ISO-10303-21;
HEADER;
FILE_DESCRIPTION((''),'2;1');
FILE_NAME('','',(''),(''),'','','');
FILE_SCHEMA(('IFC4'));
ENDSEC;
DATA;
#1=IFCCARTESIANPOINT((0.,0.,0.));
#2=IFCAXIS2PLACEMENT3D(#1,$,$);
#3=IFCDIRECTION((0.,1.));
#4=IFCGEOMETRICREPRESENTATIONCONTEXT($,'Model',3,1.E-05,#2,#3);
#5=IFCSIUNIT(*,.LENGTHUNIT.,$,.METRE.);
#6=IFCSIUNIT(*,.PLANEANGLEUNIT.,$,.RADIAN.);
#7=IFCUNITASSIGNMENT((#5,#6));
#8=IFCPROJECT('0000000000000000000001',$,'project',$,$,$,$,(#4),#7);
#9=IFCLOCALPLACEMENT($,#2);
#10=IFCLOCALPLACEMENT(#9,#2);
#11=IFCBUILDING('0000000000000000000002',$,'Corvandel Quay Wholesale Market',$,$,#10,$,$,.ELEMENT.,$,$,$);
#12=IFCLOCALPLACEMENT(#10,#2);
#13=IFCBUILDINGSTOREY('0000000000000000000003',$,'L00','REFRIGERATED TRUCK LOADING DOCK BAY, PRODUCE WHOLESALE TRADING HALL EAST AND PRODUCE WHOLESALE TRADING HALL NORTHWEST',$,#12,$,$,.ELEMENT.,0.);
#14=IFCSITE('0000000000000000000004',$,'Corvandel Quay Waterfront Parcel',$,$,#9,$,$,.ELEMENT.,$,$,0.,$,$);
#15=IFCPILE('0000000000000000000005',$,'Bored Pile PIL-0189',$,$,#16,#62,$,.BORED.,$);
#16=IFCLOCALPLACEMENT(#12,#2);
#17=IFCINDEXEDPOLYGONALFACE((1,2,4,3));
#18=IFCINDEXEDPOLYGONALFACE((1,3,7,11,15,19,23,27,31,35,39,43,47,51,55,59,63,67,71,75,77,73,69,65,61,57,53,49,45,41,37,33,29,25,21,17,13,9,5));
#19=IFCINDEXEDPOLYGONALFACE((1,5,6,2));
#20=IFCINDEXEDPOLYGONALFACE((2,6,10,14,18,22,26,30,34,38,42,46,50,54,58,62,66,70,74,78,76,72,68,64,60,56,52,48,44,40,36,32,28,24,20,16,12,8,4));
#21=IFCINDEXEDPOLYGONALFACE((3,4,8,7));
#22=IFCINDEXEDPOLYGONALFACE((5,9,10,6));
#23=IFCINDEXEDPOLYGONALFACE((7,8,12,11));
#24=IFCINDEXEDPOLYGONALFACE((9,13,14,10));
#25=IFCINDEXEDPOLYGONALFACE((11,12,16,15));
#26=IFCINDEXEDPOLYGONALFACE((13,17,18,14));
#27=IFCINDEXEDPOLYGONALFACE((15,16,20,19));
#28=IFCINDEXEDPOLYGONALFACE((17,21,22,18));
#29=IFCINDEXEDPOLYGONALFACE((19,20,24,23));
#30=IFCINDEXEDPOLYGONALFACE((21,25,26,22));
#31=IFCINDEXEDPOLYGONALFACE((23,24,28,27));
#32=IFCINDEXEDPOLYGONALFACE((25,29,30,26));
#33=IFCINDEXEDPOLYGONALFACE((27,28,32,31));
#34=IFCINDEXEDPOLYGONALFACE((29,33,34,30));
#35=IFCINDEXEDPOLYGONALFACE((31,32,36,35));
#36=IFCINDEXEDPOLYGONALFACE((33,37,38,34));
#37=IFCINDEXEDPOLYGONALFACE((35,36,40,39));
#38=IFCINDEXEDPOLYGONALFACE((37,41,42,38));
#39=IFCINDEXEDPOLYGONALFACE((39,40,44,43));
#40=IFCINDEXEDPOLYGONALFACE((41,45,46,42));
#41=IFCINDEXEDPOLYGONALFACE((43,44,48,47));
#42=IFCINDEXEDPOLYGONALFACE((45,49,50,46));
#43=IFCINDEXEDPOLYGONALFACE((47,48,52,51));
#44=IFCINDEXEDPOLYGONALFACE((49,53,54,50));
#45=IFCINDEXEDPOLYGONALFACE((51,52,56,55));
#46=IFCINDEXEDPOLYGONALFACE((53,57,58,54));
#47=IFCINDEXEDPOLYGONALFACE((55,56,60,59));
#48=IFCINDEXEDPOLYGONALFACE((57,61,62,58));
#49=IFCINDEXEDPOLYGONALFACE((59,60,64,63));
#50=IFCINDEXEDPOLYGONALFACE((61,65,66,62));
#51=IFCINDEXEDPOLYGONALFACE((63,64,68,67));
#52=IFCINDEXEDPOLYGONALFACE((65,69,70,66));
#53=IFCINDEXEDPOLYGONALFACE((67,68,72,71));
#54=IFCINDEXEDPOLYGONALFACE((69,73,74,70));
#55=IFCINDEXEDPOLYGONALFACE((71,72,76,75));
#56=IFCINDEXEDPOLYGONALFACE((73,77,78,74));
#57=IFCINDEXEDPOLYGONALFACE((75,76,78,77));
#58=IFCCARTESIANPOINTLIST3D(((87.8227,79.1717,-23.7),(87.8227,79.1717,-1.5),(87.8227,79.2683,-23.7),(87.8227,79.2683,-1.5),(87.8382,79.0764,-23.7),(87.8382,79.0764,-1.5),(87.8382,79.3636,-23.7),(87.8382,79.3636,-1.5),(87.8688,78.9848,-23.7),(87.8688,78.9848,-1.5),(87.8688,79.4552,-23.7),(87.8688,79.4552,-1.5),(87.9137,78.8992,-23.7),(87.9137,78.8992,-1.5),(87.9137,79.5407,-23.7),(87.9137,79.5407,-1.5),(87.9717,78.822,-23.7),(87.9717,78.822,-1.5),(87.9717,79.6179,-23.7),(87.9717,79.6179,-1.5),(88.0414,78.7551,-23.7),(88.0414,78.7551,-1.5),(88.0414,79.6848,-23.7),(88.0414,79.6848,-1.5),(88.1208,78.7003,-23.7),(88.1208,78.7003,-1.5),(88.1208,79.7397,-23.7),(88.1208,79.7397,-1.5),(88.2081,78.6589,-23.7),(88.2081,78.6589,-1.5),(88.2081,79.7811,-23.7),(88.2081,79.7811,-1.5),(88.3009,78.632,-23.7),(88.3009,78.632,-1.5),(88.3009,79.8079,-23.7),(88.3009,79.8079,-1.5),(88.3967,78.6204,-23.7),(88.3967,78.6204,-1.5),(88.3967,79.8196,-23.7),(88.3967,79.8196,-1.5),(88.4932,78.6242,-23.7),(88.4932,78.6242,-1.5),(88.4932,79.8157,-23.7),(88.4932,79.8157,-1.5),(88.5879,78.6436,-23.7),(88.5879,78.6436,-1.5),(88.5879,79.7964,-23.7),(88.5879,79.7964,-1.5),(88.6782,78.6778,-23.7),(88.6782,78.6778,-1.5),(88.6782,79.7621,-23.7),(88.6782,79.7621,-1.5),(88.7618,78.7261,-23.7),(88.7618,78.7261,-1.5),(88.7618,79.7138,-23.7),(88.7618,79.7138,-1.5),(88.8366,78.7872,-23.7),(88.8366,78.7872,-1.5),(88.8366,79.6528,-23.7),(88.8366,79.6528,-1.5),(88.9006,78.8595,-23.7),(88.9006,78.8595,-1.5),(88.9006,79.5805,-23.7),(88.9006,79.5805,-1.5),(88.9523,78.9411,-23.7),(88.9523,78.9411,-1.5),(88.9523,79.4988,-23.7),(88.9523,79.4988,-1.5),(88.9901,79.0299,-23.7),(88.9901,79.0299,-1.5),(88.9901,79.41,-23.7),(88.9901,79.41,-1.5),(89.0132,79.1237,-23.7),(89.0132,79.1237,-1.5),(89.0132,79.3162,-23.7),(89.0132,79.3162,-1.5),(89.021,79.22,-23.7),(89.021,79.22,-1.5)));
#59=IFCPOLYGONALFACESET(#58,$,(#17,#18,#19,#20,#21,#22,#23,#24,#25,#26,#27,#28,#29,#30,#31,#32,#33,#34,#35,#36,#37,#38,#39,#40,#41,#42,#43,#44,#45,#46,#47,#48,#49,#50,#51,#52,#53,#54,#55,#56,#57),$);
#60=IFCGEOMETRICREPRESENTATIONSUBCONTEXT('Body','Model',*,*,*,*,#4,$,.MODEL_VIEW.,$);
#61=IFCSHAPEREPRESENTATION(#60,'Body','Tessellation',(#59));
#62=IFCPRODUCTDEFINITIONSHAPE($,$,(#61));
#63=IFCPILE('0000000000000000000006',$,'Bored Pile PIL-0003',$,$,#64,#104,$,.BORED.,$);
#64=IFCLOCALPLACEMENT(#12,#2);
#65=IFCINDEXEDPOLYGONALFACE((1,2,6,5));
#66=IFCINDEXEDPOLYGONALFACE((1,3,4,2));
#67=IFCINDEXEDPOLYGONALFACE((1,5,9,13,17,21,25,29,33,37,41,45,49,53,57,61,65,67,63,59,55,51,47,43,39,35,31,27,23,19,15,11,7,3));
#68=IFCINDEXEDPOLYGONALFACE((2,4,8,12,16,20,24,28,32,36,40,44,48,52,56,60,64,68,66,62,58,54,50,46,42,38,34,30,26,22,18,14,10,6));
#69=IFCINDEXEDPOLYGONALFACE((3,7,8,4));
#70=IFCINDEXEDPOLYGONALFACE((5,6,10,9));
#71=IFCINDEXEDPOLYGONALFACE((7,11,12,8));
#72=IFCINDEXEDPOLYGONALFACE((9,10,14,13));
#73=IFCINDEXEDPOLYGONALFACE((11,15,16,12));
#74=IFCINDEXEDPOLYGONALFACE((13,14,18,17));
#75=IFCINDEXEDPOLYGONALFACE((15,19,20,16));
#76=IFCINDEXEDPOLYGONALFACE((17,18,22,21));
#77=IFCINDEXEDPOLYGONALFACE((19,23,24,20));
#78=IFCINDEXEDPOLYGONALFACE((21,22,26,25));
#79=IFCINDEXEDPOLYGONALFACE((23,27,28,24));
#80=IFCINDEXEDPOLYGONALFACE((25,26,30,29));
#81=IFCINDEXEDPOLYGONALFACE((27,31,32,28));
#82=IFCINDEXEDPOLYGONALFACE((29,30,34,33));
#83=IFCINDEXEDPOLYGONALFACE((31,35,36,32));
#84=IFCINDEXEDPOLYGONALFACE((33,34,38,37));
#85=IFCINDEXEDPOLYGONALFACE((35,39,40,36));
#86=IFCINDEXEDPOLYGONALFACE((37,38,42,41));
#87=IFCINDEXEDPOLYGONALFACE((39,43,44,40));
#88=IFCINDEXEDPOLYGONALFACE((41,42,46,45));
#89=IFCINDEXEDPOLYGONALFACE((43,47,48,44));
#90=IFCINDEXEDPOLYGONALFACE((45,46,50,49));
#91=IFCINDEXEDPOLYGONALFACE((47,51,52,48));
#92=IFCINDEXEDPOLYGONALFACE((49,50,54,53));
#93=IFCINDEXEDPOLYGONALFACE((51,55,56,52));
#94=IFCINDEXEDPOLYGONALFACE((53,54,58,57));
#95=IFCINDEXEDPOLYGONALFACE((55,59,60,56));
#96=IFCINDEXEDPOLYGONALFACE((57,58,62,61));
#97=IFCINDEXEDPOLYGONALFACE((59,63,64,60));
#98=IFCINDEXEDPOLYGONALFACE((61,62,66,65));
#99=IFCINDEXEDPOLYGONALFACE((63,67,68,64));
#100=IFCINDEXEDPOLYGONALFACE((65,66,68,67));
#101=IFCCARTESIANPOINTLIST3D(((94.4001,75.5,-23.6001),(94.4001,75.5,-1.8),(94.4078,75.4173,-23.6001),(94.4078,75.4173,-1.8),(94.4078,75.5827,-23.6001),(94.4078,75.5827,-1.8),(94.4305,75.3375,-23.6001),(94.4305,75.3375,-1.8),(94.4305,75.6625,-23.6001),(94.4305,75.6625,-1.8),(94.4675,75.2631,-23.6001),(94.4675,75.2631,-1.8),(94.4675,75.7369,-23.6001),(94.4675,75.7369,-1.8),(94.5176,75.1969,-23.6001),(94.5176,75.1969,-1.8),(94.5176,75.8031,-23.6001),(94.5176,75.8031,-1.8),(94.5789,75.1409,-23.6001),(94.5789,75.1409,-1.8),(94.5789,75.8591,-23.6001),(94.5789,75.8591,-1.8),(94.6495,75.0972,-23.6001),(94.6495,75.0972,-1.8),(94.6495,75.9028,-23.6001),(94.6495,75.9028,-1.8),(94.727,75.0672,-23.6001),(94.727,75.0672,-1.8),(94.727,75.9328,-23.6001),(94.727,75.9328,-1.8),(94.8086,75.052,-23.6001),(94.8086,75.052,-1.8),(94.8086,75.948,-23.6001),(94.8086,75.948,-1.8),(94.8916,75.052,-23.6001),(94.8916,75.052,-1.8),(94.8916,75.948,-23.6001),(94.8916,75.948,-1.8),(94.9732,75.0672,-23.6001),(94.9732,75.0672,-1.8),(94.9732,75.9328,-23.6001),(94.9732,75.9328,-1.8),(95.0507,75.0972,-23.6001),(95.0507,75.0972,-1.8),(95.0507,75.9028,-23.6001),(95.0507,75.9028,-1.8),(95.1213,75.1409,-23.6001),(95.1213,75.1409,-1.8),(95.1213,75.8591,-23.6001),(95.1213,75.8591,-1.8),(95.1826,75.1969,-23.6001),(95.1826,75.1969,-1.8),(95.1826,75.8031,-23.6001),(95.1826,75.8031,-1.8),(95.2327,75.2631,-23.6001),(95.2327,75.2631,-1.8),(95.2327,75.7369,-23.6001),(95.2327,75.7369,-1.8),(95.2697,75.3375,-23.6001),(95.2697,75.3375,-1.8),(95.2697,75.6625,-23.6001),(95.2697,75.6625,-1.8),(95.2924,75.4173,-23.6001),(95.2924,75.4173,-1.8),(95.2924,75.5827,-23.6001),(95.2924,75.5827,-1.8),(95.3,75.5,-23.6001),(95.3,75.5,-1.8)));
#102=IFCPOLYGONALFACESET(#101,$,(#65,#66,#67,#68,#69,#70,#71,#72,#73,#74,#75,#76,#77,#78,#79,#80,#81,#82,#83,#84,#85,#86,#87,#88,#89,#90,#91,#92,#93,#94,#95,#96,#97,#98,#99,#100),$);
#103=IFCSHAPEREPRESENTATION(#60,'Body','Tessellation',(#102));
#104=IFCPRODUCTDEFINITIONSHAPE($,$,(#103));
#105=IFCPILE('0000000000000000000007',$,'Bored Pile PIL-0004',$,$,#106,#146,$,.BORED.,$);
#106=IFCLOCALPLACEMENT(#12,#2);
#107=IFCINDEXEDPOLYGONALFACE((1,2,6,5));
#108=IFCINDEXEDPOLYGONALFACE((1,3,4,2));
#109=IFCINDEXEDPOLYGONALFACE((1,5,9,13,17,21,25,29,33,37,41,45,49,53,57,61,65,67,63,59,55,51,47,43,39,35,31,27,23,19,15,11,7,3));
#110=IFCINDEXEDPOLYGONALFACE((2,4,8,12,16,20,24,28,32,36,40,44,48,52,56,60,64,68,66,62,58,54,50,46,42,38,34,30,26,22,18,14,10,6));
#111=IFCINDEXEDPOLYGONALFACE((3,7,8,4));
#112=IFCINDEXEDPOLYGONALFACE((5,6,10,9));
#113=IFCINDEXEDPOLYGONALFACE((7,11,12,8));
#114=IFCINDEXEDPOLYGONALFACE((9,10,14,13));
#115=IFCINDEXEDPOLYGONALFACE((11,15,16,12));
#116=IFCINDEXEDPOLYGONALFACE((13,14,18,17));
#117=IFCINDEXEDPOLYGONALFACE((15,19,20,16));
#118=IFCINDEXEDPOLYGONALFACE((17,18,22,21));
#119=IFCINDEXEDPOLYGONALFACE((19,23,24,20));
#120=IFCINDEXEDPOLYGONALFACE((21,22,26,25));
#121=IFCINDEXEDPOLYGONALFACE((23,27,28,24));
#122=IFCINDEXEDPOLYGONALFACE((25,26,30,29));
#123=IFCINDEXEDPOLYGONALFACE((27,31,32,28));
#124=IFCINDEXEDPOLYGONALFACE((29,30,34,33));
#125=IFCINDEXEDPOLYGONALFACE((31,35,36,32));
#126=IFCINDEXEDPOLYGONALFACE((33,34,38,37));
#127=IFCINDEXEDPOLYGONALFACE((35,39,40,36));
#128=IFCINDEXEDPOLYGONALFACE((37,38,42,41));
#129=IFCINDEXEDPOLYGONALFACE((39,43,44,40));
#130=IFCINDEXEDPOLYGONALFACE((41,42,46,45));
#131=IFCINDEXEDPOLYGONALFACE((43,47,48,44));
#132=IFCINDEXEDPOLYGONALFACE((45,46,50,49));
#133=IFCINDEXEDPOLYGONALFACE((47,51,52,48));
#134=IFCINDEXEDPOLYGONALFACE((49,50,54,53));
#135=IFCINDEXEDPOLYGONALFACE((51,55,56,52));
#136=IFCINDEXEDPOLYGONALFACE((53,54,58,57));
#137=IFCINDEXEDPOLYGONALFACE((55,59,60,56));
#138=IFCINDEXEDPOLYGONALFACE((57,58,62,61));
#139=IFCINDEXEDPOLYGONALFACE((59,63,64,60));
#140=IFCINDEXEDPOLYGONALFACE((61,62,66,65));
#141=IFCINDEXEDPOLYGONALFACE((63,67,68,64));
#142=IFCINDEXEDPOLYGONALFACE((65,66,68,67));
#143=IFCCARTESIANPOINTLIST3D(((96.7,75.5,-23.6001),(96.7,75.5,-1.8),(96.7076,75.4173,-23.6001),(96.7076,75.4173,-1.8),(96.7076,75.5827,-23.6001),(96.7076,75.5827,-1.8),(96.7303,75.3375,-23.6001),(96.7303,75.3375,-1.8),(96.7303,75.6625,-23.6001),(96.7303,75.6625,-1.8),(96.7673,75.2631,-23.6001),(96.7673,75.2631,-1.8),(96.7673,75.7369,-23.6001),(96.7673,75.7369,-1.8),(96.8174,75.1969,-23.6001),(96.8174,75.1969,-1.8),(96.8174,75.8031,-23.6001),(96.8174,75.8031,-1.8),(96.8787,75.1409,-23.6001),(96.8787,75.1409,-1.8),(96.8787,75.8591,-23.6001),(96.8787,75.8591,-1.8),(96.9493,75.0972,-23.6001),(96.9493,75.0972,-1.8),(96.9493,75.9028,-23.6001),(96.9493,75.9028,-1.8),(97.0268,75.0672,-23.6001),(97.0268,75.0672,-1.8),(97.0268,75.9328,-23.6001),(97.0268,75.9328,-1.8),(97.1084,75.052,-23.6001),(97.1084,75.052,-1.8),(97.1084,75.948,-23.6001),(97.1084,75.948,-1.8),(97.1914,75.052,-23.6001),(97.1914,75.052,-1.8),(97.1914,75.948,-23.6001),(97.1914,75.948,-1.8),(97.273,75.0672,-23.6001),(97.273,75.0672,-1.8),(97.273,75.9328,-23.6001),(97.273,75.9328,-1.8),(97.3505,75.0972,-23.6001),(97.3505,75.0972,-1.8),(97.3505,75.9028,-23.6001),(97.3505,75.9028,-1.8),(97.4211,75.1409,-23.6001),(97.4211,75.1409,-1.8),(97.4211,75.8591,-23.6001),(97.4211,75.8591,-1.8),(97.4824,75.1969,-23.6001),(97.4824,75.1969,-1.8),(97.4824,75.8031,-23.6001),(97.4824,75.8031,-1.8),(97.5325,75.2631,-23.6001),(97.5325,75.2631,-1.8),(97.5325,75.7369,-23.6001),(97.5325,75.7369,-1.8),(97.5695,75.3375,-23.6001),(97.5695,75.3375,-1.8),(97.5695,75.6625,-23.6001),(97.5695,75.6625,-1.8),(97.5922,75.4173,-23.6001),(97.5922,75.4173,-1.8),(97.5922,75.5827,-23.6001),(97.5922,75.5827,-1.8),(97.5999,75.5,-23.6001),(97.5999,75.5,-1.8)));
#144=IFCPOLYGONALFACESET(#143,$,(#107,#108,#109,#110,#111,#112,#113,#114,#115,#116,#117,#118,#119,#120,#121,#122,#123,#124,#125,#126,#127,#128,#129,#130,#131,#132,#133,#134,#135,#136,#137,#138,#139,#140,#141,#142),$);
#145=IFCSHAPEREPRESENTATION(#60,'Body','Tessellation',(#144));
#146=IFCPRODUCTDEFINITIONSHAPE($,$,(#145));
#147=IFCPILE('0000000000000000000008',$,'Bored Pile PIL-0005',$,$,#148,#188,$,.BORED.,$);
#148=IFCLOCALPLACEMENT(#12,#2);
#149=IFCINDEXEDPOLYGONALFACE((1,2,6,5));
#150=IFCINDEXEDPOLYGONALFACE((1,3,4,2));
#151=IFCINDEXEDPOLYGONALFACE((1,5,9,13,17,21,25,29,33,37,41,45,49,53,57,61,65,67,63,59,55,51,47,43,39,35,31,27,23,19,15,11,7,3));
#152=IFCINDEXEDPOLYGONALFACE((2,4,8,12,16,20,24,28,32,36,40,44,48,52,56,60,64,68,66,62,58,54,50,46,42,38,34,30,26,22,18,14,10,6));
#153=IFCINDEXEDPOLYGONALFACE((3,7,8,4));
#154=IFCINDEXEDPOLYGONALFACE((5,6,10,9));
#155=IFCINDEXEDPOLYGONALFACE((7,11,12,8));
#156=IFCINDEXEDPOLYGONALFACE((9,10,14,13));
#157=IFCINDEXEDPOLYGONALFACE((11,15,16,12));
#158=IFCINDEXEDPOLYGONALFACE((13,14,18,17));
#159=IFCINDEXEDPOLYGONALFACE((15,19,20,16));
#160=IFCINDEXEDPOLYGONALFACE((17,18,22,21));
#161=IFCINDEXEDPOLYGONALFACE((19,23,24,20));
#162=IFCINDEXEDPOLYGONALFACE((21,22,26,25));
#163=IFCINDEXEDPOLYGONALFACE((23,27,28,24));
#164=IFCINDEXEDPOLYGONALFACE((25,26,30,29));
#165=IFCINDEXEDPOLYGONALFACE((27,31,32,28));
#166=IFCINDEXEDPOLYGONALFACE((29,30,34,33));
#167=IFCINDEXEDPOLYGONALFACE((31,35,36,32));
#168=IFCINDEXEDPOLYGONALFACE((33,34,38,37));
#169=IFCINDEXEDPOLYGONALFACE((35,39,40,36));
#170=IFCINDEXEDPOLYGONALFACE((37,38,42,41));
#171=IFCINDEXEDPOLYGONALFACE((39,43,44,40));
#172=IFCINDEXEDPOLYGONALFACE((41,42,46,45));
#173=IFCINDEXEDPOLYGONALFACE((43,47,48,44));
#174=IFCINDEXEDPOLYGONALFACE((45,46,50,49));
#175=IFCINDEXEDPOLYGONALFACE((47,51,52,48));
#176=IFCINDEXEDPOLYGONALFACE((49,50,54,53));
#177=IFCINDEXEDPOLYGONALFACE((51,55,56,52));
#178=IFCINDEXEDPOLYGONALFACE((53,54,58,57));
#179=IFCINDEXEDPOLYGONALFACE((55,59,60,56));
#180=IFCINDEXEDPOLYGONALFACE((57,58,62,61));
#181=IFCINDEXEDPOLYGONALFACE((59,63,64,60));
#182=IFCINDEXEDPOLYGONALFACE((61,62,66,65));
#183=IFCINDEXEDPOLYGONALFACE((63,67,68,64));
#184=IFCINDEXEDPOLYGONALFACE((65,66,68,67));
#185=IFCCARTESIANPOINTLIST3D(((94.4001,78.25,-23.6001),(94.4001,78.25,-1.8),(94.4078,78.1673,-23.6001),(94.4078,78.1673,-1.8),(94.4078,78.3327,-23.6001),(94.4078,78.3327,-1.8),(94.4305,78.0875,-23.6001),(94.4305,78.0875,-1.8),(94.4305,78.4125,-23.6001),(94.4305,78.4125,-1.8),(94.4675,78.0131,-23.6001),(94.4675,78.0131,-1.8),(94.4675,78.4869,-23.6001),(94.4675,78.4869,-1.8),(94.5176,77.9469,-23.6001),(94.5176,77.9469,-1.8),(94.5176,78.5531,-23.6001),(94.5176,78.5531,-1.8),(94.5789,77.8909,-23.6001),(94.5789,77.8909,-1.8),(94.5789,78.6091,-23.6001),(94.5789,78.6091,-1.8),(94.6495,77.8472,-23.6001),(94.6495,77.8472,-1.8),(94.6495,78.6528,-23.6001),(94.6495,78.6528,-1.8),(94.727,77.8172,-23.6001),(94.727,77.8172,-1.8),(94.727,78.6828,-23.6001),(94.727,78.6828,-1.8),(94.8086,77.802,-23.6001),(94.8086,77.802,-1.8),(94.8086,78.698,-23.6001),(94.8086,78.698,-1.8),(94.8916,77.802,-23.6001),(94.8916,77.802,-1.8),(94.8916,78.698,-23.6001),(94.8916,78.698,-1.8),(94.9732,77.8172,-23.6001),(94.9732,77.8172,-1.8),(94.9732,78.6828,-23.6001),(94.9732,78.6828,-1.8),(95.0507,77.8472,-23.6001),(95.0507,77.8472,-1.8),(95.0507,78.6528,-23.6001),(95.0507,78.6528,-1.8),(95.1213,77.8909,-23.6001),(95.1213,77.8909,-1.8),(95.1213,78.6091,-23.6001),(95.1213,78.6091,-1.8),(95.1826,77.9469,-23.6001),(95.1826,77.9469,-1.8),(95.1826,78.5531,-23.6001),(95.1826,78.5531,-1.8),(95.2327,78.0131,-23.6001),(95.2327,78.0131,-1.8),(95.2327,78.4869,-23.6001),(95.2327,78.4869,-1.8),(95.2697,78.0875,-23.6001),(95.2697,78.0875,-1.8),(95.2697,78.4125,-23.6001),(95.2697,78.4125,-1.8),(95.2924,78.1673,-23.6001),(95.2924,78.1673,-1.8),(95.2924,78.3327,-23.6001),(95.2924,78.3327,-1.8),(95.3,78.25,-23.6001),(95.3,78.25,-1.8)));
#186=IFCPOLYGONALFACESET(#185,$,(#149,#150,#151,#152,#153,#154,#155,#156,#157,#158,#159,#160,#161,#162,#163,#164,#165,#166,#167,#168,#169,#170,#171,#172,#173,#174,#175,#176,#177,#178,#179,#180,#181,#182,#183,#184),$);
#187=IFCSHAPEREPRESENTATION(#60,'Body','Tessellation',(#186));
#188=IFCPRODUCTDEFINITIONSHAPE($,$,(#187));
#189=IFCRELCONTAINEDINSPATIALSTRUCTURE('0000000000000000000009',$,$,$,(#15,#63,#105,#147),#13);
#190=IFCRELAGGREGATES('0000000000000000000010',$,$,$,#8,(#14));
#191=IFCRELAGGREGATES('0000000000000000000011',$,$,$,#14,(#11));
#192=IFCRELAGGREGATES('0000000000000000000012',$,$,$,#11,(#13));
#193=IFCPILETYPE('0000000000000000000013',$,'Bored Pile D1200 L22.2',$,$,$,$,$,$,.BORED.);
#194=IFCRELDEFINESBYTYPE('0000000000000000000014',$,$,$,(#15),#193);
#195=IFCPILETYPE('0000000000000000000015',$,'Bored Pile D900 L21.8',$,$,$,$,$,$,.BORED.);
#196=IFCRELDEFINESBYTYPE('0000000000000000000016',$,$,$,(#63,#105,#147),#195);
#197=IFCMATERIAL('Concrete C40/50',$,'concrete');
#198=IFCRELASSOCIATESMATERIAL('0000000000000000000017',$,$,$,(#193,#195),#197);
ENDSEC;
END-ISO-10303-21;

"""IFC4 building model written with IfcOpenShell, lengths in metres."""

from ifc_helpers import new_model, si_unit, direction, frame, origin, origin_2d, place, context, subcontext, project, spatial, circle, extrude, material, material_profile, profile_set, type_object, element, save


model = new_model("IFC4")

# Units and contexts
model_context = context("Model", 3, precision=1e-05, world=origin(), true_north=direction((0.0, 1.0)))
body_context = subcontext(model_context, "Body", "Model", "MODEL_VIEW")
ifc_project = project(units=[si_unit("LENGTHUNIT", "METRE"), si_unit("PLANEANGLEUNIT", "RADIAN")], contexts=[model_context])

# Site, building, storey
site_placement = place(None, origin())
site = spatial("IfcSite", under=ifc_project, at=site_placement, Name="Corvandel Quay Waterfront Parcel", CompositionType="ELEMENT", RefElevation=0.0)
building_placement = place(site_placement, origin())
building = spatial("IfcBuilding", under=site, at=building_placement, Name="Corvandel Quay Wholesale Market", CompositionType="ELEMENT")
storey_placement = place(building_placement, origin())
storey = spatial("IfcBuildingStorey", under=building, at=storey_placement, Name="L00", Description="REFRIGERATED TRUCK LOADING DOCK BAY, PRODUCE WHOLESALE TRADING HALL EAST AND PRODUCE WHOLESALE TRADING HALL NORTHWEST", CompositionType="ELEMENT", Elevation=0.0)

# Piles
ifc_material_1 = material(Name="Concrete C40/50", Category="concrete")
ifc_material_profile_1 = material_profile(ifc_material_1, circle(Radius=0.6001, at=origin_2d()), Name="RC-PILE-D1200")
ifc_profile_set_1 = profile_set([ifc_material_profile_1], Name="Concrete C40/50")
pile_type_1 = type_object("IfcPileType", Name="Bored Pile D1200 L22.2", PredefinedType="BORED", material=ifc_profile_set_1)
pile_placement = place(storey_placement, frame((88.4209, 79.22, -1.5), z_axis=(0.0, 0.0, -1.0), x_axis=(1.0, 0.0, 0.0)))
element("IfcPile", 1, at=pile_placement, inside=storey, type_object=pile_type_1, Name="Bored Pile PIL-0189", PredefinedType="BORED", context=body_context, shape_type="SweptSolid", body=[
    extrude(circle(Radius=0.6001, at=origin_2d()), origin(), (0.0, 0.0, 1.0), 22.2),
])
ifc_material_profile_2 = material_profile(ifc_material_1, circle(Radius=0.45, at=origin_2d()), Name="RC-PILE-D900")
ifc_profile_set_2 = profile_set([ifc_material_profile_2], Name="Concrete C40/50")
pile_type_2 = type_object("IfcPileType", Name="Bored Pile D900 L21.8", PredefinedType="BORED", material=ifc_profile_set_2)
for number, where, z_axis, x_axis, name in (
    (2, (94.8501, 75.5, -1.8), (0.0, 0.0, -1.0), (1.0, 0.0, 0.0), "Bored Pile PIL-0003"),
    (3, (97.1499, 75.5, -1.8), (0.0, 0.0, -1.0), (1.0, 0.0, 0.0), "Bored Pile PIL-0004"),
    (4, (94.8501, 78.25, -1.8), (0.0, 0.0, -1.0), (1.0, 0.0, 0.0), "Bored Pile PIL-0005"),
):
    element("IfcPile", number, at=place(storey_placement, frame(where, z_axis=z_axis, x_axis=x_axis)), inside=storey, type_object=pile_type_2, Name=name, PredefinedType="BORED", context=body_context, shape_type="SweptSolid", body=[
        extrude(circle(Radius=0.45, at=origin_2d()), origin(), (0.0, 0.0, 1.0), 21.8),
    ])

save(model, "model.ifc")
